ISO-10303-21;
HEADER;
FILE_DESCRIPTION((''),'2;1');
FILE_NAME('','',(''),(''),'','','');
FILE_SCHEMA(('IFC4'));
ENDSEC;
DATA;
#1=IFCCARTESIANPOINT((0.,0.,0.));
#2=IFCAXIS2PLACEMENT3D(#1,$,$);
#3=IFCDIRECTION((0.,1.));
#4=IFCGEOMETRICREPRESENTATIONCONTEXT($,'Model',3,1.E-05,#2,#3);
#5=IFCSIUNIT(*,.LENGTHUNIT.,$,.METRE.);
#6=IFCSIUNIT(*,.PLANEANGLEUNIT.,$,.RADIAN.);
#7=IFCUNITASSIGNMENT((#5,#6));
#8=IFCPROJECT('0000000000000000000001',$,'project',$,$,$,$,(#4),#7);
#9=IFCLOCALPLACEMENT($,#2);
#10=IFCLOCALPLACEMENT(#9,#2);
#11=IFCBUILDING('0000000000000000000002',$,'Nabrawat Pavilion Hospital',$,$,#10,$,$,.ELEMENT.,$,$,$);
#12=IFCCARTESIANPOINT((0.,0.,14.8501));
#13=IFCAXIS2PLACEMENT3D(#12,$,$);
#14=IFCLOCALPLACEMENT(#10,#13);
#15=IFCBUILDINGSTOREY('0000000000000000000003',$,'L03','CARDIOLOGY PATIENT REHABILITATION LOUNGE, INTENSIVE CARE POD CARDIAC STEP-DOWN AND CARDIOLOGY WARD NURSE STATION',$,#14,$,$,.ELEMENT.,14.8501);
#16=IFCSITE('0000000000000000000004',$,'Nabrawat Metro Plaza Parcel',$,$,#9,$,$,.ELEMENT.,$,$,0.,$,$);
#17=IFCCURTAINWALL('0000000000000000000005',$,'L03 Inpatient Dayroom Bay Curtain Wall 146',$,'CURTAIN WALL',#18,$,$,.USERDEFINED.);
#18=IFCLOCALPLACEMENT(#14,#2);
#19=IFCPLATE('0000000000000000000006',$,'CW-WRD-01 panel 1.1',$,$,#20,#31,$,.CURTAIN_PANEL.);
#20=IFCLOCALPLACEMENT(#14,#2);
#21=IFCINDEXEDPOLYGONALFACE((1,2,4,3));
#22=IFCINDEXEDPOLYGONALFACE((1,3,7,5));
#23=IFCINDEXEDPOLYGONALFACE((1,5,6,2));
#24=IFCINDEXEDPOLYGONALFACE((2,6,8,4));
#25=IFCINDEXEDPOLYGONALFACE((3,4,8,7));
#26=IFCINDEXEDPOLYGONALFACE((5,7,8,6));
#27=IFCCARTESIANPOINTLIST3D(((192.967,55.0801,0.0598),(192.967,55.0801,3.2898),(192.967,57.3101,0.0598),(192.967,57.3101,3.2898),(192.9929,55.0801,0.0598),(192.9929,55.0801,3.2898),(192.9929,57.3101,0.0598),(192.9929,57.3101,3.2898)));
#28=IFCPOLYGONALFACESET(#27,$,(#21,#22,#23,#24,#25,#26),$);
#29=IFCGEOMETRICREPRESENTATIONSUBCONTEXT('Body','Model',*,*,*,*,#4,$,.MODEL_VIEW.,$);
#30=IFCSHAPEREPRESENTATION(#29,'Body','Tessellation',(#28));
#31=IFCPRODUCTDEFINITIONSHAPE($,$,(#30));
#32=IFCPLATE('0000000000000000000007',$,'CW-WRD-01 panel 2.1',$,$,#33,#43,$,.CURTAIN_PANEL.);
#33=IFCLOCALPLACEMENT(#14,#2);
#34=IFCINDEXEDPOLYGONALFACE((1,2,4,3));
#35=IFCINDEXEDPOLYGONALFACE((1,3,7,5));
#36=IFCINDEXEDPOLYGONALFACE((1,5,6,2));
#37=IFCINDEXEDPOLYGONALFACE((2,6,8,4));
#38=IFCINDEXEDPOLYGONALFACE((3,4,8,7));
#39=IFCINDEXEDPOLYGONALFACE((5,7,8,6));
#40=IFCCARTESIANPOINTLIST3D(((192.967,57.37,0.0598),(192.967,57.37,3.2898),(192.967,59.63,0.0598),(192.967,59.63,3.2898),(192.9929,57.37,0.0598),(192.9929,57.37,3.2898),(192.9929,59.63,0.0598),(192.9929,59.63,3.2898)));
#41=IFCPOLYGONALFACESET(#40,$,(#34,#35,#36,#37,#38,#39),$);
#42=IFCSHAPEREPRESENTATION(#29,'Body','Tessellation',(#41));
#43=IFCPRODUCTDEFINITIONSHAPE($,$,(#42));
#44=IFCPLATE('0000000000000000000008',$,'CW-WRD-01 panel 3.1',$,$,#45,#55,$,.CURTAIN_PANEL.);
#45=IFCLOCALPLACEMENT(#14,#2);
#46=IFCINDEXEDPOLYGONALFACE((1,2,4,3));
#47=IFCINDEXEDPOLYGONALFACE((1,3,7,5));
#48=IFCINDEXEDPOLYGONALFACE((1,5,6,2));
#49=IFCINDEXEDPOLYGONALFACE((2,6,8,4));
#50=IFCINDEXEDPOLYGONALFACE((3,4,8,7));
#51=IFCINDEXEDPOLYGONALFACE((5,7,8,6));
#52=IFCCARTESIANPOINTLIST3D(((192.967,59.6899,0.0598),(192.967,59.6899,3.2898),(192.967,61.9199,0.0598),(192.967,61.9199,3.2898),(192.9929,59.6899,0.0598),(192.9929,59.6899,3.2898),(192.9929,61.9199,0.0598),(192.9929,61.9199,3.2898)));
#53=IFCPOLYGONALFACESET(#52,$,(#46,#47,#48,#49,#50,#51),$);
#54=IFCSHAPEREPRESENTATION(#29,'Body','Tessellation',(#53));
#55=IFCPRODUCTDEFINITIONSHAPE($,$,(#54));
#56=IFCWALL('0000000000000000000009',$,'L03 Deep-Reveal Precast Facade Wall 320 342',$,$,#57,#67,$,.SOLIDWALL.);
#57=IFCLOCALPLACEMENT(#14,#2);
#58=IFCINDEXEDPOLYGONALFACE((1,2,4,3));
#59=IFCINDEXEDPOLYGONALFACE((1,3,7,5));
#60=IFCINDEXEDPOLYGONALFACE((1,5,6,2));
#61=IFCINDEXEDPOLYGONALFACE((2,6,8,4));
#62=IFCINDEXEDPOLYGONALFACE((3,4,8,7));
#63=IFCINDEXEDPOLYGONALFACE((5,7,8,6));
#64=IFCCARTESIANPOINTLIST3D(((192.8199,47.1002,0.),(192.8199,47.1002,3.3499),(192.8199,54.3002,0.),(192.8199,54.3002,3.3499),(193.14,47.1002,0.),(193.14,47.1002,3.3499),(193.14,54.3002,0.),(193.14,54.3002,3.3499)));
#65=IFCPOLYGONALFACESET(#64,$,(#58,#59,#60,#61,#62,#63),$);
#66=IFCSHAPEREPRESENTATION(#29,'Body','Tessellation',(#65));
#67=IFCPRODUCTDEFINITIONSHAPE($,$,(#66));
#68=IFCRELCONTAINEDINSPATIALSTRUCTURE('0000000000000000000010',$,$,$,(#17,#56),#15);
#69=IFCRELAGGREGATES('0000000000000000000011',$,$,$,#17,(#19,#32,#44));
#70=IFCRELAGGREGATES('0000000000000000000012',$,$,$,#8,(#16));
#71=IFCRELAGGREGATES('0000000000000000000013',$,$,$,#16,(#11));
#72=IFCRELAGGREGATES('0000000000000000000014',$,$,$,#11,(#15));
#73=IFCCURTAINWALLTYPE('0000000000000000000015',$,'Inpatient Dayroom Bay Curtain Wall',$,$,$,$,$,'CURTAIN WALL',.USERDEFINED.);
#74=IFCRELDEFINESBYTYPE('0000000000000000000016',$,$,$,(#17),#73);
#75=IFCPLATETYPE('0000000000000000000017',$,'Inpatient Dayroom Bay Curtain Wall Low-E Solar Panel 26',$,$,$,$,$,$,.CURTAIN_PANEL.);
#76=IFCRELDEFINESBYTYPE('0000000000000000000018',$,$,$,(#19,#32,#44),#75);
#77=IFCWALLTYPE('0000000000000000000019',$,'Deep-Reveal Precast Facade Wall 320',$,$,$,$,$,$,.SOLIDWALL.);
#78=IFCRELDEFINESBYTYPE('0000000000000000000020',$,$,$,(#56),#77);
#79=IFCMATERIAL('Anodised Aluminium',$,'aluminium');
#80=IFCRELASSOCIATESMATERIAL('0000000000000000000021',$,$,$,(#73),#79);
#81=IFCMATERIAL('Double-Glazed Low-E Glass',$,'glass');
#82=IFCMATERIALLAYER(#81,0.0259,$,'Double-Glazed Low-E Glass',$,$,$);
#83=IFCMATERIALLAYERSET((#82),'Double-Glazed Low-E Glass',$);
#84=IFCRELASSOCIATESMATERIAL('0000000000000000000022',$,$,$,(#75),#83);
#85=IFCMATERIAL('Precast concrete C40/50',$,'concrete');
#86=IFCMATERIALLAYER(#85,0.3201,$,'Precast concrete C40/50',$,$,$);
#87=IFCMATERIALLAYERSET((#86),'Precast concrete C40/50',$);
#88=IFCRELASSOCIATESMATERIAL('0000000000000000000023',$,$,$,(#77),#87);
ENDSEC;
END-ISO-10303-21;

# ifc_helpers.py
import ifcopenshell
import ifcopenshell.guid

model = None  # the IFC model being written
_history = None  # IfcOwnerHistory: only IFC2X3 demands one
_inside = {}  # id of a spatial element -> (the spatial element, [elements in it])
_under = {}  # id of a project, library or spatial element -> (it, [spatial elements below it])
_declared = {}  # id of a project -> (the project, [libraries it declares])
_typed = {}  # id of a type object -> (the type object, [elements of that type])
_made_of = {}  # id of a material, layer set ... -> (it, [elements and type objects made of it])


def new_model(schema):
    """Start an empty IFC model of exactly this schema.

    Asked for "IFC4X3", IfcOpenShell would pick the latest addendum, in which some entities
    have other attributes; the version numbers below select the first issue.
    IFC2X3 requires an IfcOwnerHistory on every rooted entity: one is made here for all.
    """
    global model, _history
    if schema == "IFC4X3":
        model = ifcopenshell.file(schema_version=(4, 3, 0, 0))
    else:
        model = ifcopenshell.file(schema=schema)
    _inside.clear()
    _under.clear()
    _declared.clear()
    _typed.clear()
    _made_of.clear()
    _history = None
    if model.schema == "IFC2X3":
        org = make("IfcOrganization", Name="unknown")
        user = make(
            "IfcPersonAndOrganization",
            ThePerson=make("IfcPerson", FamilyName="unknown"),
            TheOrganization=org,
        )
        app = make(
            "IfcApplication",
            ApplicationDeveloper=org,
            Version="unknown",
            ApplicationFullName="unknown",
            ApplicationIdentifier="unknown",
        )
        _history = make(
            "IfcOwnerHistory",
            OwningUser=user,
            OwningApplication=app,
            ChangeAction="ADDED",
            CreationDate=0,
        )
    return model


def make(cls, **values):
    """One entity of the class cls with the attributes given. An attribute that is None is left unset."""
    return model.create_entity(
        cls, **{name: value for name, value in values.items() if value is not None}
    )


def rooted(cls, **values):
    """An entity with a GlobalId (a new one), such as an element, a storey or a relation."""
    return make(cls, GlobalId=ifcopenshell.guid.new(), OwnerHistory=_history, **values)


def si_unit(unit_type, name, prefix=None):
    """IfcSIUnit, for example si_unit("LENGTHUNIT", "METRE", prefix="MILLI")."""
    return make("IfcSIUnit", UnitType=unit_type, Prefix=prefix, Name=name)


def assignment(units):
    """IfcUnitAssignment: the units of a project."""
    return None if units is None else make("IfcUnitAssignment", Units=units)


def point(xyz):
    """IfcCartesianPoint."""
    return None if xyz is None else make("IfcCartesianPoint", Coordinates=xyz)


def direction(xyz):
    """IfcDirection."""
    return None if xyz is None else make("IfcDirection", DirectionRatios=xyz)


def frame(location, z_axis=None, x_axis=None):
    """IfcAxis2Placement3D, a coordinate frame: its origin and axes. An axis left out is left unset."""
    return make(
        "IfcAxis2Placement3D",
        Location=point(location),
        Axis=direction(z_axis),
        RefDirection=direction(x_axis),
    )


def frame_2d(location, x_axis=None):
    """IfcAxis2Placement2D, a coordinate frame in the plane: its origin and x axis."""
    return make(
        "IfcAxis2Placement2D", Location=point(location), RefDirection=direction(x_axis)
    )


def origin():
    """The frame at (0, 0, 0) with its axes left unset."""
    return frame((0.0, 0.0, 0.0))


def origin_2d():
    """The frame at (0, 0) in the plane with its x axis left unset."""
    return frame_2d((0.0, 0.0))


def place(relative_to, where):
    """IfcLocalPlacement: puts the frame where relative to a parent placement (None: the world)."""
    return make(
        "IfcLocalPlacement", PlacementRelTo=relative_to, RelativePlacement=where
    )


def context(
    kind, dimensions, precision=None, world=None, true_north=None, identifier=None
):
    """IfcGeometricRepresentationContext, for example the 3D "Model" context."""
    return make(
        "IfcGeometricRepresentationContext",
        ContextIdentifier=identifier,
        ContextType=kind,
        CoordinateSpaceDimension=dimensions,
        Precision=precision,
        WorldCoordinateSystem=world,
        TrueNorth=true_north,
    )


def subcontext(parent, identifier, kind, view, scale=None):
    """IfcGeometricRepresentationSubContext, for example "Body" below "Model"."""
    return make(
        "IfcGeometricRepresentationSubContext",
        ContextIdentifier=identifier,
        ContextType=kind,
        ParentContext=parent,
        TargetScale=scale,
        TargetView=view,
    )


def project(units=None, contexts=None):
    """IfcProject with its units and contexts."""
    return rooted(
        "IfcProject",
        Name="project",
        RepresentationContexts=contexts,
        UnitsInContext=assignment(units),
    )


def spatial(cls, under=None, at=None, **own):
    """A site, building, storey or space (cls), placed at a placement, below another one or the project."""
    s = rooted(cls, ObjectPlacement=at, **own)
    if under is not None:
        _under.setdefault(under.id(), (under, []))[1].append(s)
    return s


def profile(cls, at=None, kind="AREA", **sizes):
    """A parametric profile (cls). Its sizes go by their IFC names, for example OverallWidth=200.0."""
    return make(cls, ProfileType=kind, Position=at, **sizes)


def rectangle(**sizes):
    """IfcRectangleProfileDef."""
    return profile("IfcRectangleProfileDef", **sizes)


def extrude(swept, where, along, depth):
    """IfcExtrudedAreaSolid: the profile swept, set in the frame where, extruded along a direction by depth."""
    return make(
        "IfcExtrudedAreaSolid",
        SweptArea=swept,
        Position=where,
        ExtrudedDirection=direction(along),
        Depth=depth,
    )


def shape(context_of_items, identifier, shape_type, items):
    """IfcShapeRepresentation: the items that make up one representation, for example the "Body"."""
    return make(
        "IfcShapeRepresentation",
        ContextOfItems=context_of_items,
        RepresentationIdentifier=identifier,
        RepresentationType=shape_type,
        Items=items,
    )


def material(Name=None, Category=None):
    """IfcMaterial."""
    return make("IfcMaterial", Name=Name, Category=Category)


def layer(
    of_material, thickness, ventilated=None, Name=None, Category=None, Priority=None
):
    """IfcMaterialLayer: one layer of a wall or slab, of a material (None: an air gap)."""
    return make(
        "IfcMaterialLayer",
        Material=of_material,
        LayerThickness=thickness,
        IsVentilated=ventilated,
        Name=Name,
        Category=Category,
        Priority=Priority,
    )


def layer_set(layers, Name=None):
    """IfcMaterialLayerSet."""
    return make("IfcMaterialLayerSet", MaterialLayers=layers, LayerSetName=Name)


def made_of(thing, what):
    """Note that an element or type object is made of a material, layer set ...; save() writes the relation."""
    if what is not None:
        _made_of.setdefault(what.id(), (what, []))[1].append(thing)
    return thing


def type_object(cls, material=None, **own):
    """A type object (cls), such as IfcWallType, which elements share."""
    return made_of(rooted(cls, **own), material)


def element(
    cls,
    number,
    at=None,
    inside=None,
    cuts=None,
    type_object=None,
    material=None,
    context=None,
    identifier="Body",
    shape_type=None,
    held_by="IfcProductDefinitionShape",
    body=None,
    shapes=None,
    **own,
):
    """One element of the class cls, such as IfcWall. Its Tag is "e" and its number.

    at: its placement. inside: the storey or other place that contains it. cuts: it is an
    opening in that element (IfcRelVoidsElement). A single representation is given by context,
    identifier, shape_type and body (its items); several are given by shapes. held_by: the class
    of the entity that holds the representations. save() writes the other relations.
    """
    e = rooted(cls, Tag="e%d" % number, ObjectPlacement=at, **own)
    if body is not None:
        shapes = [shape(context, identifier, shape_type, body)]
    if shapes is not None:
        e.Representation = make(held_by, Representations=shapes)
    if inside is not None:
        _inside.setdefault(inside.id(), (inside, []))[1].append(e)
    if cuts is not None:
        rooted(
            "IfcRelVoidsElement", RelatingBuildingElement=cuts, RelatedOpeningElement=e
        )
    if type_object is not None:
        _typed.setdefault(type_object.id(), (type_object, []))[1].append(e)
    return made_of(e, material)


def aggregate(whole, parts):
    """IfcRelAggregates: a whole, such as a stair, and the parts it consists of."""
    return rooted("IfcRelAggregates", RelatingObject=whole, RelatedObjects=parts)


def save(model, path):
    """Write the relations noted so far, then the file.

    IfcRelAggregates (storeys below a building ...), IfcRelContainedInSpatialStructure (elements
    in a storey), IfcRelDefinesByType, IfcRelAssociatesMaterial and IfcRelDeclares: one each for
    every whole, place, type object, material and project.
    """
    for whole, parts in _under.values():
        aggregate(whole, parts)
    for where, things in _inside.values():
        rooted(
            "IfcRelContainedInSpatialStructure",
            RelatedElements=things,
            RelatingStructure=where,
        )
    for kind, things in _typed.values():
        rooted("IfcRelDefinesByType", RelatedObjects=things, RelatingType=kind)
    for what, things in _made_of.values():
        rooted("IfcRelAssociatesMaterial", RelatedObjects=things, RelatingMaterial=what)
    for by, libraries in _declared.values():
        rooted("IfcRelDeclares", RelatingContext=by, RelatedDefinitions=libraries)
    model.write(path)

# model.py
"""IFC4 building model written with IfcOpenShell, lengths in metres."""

from ifc_helpers import new_model, si_unit, direction, frame, frame_2d, origin, origin_2d, place, context, subcontext, project, spatial, rectangle, extrude, material, layer, layer_set, type_object, element, aggregate, save


model = new_model("IFC4")

# Units and contexts
model_context = context("Model", 3, precision=1e-05, world=origin(), true_north=direction((0.0, 1.0)))
body_context = subcontext(model_context, "Body", "Model", "MODEL_VIEW")
ifc_project = project(units=[si_unit("LENGTHUNIT", "METRE"), si_unit("PLANEANGLEUNIT", "RADIAN")], contexts=[model_context])

# Site, building, storey
site_placement = place(None, origin())
site = spatial("IfcSite", under=ifc_project, at=site_placement, Name="Nabrawat Metro Plaza Parcel", CompositionType="ELEMENT", RefElevation=0.0)
building_placement = place(site_placement, origin())
building = spatial("IfcBuilding", under=site, at=building_placement, Name="Nabrawat Pavilion Hospital", CompositionType="ELEMENT")
storey_placement = place(building_placement, frame((0.0, 0.0, 14.8501)))
storey = spatial("IfcBuildingStorey", under=building, at=storey_placement, Name="L03", Description="CARDIOLOGY PATIENT REHABILITATION LOUNGE, INTENSIVE CARE POD CARDIAC STEP-DOWN AND CARDIOLOGY WARD NURSE STATION", CompositionType="ELEMENT", Elevation=14.8501)

# Curtain wall
ifc_material_1 = material(Name="Anodised Aluminium", Category="aluminium")
curtain_wall_type = type_object("IfcCurtainWallType", Name="Inpatient Dayroom Bay Curtain Wall", ElementType="CURTAIN WALL", PredefinedType="USERDEFINED", material=ifc_material_1)
curtain_wall_placement = place(storey_placement, origin())
curtain_wall = element("IfcCurtainWall", 1, at=curtain_wall_placement, inside=storey, type_object=curtain_wall_type, Name="L03 Inpatient Dayroom Bay Curtain Wall 146", ObjectType="CURTAIN WALL", PredefinedType="USERDEFINED")

# Plates
ifc_material_2 = material(Name="Double-Glazed Low-E Glass", Category="glass")
ifc_layer_1 = layer(ifc_material_2, 0.0259, Name="Double-Glazed Low-E Glass")
ifc_layer_set_1 = layer_set([ifc_layer_1], Name="Double-Glazed Low-E Glass")
plate_type = type_object("IfcPlateType", Name="Inpatient Dayroom Bay Curtain Wall Low-E Solar Panel 26", PredefinedType="CURTAIN_PANEL", material=ifc_layer_set_1)
plate_1_placement = place(storey_placement, frame((192.98, 56.1951, 0.0598), z_axis=(0.0, 0.0, 1.0), x_axis=(0.0, 1.0, 0.0)))
plate_1 = element("IfcPlate", 2, at=plate_1_placement, type_object=plate_type, Name="CW-WRD-01 panel 1.1", PredefinedType="CURTAIN_PANEL", context=body_context, shape_type="SweptSolid", body=[
    extrude(rectangle(XDim=2.23, YDim=0.0259, at=origin_2d()), origin(), (0.0, 0.0, 1.0), 3.23),
])
plate_2_placement = place(storey_placement, frame((192.98, 58.5, 0.0598), z_axis=(0.0, 0.0, 1.0), x_axis=(0.0, 1.0, 0.0)))
plate_2 = element("IfcPlate", 3, at=plate_2_placement, type_object=plate_type, Name="CW-WRD-01 panel 2.1", PredefinedType="CURTAIN_PANEL", context=body_context, shape_type="SweptSolid", body=[
    extrude(rectangle(XDim=2.26, YDim=0.0259, at=origin_2d()), origin(), (0.0, 0.0, 1.0), 3.23),
])
plate_3_placement = place(storey_placement, frame((192.98, 60.8049, 0.0598), z_axis=(0.0, 0.0, 1.0), x_axis=(0.0, 1.0, 0.0)))
plate_3 = element("IfcPlate", 4, at=plate_3_placement, type_object=plate_type, Name="CW-WRD-01 panel 3.1", PredefinedType="CURTAIN_PANEL", context=body_context, shape_type="SweptSolid", body=[
    extrude(rectangle(XDim=2.23, YDim=0.0259, at=origin_2d()), origin(), (0.0, 0.0, 1.0), 3.23),
])
aggregate(curtain_wall, [plate_1, plate_2, plate_3])

# Wall
ifc_material_3 = material(Name="Precast concrete C40/50", Category="concrete")
ifc_layer_2 = layer(ifc_material_3, 0.3201, Name="Precast concrete C40/50")
ifc_layer_set_2 = layer_set([ifc_layer_2], Name="Precast concrete C40/50")
wall_type = type_object("IfcWallType", Name="Deep-Reveal Precast Facade Wall 320", PredefinedType="SOLIDWALL", material=ifc_layer_set_2)
wall_placement = place(storey_placement, frame((192.98, 47.1001, 0.0), z_axis=(0.0, 0.0, 1.0), x_axis=(0.0, 1.0, 0.0)))
element("IfcWall", 5, at=wall_placement, inside=storey, type_object=wall_type, Name="L03 Deep-Reveal Precast Facade Wall 320 342", PredefinedType="SOLIDWALL", context=body_context, shape_type="SweptSolid", body=[
    extrude(rectangle(XDim=7.2, YDim=0.3201, at=frame_2d((3.6001, 0.0))), origin(), (0.0, 0.0, 1.0), 3.3499),
])

save(model, "model.ifc")
